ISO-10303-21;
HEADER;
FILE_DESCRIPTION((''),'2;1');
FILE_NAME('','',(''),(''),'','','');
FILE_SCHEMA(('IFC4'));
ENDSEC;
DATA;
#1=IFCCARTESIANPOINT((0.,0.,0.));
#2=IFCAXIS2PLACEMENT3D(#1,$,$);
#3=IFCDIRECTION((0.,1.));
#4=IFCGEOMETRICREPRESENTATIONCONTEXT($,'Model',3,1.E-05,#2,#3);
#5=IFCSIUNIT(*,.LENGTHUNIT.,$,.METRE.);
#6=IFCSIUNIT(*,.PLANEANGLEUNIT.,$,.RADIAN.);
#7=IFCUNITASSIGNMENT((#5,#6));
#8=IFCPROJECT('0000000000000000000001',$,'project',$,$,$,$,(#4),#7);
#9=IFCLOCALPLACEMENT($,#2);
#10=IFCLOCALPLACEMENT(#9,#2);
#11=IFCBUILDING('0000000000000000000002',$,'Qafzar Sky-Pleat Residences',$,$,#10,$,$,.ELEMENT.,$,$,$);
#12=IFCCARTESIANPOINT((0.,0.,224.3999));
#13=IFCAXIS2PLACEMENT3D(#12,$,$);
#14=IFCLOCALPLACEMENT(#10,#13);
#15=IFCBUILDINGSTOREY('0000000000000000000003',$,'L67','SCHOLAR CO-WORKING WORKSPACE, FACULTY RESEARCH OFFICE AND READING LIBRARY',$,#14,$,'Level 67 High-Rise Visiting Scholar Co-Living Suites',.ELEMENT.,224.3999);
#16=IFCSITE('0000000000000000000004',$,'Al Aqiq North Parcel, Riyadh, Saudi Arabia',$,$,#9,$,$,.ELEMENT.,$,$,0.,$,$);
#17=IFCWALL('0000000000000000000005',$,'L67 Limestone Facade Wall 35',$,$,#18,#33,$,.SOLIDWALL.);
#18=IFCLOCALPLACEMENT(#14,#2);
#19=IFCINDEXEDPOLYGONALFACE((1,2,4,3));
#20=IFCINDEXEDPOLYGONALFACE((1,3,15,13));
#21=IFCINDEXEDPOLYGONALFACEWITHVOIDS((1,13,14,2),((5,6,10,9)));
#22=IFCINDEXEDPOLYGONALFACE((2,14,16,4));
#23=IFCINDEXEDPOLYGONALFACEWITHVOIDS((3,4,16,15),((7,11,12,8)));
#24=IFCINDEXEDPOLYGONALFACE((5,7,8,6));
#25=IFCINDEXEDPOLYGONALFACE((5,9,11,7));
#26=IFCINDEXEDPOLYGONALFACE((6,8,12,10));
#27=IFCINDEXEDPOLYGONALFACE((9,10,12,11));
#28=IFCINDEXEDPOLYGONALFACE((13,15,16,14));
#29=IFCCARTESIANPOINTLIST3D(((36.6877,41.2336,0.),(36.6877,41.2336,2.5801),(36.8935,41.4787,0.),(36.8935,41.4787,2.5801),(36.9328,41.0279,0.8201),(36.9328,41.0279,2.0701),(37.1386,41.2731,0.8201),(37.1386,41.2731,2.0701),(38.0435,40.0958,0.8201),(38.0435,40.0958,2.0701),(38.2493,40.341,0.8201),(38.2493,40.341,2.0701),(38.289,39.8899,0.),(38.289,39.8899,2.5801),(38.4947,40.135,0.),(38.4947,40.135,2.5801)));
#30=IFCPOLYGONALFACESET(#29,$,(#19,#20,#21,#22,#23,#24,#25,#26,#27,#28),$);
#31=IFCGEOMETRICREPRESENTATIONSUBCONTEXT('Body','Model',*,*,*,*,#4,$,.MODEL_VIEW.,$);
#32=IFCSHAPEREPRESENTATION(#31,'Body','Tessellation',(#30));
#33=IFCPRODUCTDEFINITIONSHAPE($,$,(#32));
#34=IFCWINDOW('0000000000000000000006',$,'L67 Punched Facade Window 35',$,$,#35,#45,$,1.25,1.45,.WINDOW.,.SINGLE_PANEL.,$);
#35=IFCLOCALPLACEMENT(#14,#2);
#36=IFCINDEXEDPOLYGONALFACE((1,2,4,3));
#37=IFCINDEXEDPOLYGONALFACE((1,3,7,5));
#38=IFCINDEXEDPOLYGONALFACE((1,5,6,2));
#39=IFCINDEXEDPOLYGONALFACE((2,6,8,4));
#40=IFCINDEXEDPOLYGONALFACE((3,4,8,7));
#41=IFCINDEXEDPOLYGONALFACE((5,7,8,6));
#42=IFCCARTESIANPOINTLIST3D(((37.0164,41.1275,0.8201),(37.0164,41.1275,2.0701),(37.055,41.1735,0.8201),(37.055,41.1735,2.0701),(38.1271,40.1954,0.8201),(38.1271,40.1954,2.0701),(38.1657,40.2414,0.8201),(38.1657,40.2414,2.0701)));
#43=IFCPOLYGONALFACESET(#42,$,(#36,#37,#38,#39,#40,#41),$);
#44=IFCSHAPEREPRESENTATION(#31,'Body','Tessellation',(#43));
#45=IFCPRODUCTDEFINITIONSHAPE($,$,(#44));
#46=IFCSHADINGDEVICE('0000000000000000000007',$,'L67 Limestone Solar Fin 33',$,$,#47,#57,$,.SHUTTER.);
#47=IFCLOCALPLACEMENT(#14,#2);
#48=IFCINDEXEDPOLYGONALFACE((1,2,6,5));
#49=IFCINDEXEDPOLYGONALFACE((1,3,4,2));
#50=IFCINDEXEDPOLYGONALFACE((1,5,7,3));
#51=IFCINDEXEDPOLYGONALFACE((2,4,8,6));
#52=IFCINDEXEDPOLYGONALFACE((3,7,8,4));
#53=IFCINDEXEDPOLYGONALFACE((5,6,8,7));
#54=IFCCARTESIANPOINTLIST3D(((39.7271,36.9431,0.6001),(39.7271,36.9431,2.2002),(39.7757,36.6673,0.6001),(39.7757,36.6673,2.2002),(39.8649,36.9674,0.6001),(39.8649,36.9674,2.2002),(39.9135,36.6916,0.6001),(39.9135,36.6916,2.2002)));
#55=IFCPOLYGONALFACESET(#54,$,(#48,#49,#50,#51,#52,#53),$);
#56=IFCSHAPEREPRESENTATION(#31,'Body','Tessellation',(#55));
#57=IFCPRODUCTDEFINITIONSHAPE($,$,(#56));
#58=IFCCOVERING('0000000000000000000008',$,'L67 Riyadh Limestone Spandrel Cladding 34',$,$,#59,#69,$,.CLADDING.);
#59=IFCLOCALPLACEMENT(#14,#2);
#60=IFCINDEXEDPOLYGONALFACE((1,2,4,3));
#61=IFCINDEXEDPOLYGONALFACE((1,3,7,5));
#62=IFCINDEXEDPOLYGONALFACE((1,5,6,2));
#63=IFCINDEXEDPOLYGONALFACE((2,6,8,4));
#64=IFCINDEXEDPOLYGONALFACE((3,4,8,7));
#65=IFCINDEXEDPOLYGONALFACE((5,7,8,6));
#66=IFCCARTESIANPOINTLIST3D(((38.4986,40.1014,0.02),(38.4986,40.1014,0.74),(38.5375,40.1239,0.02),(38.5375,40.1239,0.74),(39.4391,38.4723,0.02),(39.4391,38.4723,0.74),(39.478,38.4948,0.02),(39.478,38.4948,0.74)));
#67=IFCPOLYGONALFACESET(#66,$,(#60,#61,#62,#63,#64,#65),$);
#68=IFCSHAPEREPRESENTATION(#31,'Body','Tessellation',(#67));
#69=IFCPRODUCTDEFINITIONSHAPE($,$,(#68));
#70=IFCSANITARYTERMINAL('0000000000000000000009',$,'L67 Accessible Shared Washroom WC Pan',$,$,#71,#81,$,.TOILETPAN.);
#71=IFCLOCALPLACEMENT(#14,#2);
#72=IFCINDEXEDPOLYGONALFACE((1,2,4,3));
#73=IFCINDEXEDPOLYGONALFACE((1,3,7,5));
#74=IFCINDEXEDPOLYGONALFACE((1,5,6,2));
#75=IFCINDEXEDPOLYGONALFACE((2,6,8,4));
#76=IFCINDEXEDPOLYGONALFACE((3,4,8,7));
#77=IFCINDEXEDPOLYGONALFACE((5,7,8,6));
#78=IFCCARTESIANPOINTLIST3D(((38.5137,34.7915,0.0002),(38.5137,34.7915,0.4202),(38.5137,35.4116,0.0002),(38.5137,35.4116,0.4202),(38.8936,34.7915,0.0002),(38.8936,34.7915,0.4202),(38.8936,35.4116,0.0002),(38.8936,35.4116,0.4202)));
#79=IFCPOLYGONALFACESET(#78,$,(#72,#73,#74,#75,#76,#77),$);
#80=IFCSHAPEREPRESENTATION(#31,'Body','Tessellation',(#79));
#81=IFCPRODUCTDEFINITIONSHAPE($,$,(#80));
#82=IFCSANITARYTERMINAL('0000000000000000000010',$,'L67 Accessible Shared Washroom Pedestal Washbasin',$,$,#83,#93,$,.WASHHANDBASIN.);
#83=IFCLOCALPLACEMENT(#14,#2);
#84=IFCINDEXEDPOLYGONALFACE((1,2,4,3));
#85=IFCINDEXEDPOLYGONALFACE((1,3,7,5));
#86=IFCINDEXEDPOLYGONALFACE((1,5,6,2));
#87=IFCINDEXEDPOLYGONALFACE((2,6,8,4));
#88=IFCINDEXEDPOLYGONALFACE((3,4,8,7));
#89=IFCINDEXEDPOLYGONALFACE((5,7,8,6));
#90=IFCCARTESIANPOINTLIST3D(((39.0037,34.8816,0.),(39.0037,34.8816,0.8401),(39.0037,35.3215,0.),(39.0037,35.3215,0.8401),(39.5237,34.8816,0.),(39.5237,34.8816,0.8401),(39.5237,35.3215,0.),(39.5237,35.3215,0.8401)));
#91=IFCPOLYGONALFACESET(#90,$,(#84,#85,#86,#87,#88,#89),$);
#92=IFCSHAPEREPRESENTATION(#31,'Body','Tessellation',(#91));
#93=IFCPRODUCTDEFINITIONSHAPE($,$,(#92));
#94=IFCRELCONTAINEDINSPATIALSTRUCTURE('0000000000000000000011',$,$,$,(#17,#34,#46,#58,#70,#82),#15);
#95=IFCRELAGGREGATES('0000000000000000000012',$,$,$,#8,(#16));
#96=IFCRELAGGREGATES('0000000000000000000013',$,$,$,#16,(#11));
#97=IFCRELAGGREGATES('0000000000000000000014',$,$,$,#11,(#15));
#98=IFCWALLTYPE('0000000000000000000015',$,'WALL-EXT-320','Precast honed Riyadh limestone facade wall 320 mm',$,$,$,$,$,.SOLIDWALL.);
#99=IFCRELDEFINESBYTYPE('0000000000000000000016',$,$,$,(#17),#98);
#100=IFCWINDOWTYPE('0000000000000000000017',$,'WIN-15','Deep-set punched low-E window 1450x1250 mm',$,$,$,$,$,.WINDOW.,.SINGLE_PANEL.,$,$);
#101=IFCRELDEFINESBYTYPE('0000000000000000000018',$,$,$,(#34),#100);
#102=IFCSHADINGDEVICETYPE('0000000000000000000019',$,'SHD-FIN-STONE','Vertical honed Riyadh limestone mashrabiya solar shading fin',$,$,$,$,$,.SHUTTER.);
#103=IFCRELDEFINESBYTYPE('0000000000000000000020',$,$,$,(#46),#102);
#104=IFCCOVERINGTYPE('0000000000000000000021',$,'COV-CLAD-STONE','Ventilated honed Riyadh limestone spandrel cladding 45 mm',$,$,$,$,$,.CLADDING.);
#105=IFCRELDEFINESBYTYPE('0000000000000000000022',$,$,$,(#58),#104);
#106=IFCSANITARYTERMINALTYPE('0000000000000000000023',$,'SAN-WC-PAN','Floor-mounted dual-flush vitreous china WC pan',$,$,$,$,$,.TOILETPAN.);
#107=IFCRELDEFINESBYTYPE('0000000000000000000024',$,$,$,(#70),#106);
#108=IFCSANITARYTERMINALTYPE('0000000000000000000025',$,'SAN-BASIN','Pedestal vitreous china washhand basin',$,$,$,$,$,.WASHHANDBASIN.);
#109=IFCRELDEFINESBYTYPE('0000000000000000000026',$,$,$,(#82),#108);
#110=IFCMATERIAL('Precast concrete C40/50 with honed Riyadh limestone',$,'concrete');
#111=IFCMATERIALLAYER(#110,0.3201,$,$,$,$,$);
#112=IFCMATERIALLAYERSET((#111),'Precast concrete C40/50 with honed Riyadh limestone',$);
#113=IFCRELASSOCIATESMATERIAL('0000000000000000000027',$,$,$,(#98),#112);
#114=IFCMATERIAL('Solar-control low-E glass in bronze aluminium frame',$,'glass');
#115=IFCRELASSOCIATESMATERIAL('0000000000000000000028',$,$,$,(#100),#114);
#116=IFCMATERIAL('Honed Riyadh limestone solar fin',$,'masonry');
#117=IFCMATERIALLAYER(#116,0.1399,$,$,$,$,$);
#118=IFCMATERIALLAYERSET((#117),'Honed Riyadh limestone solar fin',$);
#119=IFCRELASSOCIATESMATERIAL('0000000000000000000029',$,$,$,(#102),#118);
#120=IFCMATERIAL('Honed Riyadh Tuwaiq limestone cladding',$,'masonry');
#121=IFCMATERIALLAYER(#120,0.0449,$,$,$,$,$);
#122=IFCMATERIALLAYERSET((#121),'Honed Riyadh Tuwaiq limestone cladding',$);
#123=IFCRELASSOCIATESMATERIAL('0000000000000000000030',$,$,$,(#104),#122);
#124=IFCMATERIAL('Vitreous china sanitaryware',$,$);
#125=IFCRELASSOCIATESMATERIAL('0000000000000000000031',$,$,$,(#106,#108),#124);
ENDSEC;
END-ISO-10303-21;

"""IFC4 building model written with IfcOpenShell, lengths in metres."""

from ifc_helpers import new_model, si_unit, direction, frame, frame_2d, origin, origin_2d, place, context, subcontext, project, spatial, rectangle, extrude, source, transform, mapped, material, layer, layer_set, type_object, element, fill, save


model = new_model("IFC4")

# Units and contexts
model_context = context("Model", 3, precision=1e-05, world=origin(), true_north=direction((0.0, 1.0)))
body_context = subcontext(model_context, "Body", "Model", "MODEL_VIEW")
ifc_project = project(units=[si_unit("LENGTHUNIT", "METRE"), si_unit("PLANEANGLEUNIT", "RADIAN")], contexts=[model_context])

# Site, building, storey
site_placement = place(None, origin())
site = spatial("IfcSite", under=ifc_project, at=site_placement, Name="Al Aqiq North Parcel, Riyadh, Saudi Arabia", CompositionType="ELEMENT", RefElevation=0.0)
building_placement = place(site_placement, origin())
building = spatial("IfcBuilding", under=site, at=building_placement, Name="Qafzar Sky-Pleat Residences", CompositionType="ELEMENT")
storey_placement = place(building_placement, frame((0.0, 0.0, 224.3999)))
storey = spatial("IfcBuildingStorey", under=building, at=storey_placement, Name="L67", Description="SCHOLAR CO-WORKING WORKSPACE, FACULTY RESEARCH OFFICE AND READING LIBRARY", LongName="Level 67 High-Rise Visiting Scholar Co-Living Suites", CompositionType="ELEMENT", Elevation=224.3999)

# Shared definitions
ifc_material_1 = material(Name="Precast concrete C40/50 with honed Riyadh limestone", Category="concrete")
ifc_layer_1 = layer(ifc_material_1, 0.3201)
ifc_layer_set_1 = layer_set([ifc_layer_1], Name="Precast concrete C40/50 with honed Riyadh limestone")
wall_type_1 = type_object("IfcWallType", Name="WALL-EXT-320", Description="Precast honed Riyadh limestone facade wall 320 mm", PredefinedType="SOLIDWALL", material=ifc_layer_set_1)
ifc_material_2 = material(Name="Solar-control low-E glass in bronze aluminium frame", Category="glass")
window_type_1 = type_object("IfcWindowType", Name="WIN-15", Description="Deep-set punched low-E window 1450x1250 mm", PartitioningType="SINGLE_PANEL", PredefinedType="WINDOW", material=ifc_material_2)
shared_shape_1 = source(origin(), body_context, "Body", "SweptSolid", [
    extrude(rectangle(XDim=1.45, YDim=1.25, at=frame_2d((0.7251, 0.625))), frame((0.0, 0.03, 0.0), z_axis=(0.0, -1.0, 0.0), x_axis=(1.0, 0.0, 0.0)), (0.0, 0.0, 1.0), 0.0601),
])

# Wall, opening, window
wall_1_placement = place(storey_placement, frame((38.3918, 40.0125, 0.0), z_axis=(0.0, 0.0, 1.0), x_axis=(-0.766025, 0.642811, 0.0)))
wall_1 = element("IfcWall", 1, at=wall_1_placement, inside=storey, type_object=wall_type_1, Name="L67 Limestone Facade Wall 35", PredefinedType="SOLIDWALL", context=body_context, shape_type="SweptSolid", body=[
    extrude(rectangle(XDim=2.0903, YDim=0.3201, at=frame_2d((1.0452, 0.0))), origin(), (0.0, 0.0, 1.0), 2.5801),
])
opening_1_placement = place(wall_1_placement, frame((0.3203, 0.0, 0.8201)))
opening_1 = element("IfcOpeningElement", 2, at=opening_1_placement, cuts=wall_1, PredefinedType="OPENING", context=body_context, shape_type="SweptSolid", body=[
    extrude(rectangle(XDim=1.45, YDim=1.25, at=frame_2d((0.7251, 0.625))), frame((0.0, 0.1699, 0.0), z_axis=(0.0, -1.0, 0.0), x_axis=(1.0, 0.0, 0.0)), (0.0, 0.0, 1.0), 0.3401),
])
window_1_placement = place(opening_1_placement, origin())
window_1 = element("IfcWindow", 3, at=window_1_placement, inside=storey, type_object=window_type_1, Name="L67 Punched Facade Window 35", OverallHeight=1.25, OverallWidth=1.45, PartitioningType="SINGLE_PANEL", PredefinedType="WINDOW", context=body_context, shape_type="MappedRepresentation", body=[
    mapped(shared_shape_1, transform((0.0, 0.0, 0.0), x_axis=(1.0, 0.0, 0.0), y_axis=(0.0, 1.0, 0.0), z_axis=(0.0, 0.0, 1.0), scale=1.0)),
])
fill(opening_1, window_1)

# Shading device
ifc_material_3 = material(Name="Honed Riyadh limestone solar fin", Category="masonry")
ifc_layer_2 = layer(ifc_material_3, 0.1399)
ifc_layer_set_2 = layer_set([ifc_layer_2], Name="Honed Riyadh limestone solar fin")
shading_device_type = type_object("IfcShadingDeviceType", Name="SHD-FIN-STONE", Description="Vertical honed Riyadh limestone mashrabiya solar shading fin", PredefinedType="SHUTTER", material=ifc_layer_set_2)
shared_shape_2 = source(origin(), body_context, "Body", "SweptSolid", [
    extrude(rectangle(XDim=0.1399, YDim=0.28, at=origin_2d()), origin(), (0.0, 0.0, 1.0), 1.6001),
])
shading_device_placement = place(storey_placement, frame((39.8203, 36.8174, 0.6001), z_axis=(0.0, 0.0, 1.0), x_axis=(0.984806, 0.173658, 0.0)))
element("IfcShadingDevice", 4, at=shading_device_placement, inside=storey, type_object=shading_device_type, Name="L67 Limestone Solar Fin 33", PredefinedType="SHUTTER", context=body_context, shape_type="MappedRepresentation", body=[
    mapped(shared_shape_2, transform((0.0, 0.0, 0.0), x_axis=(1.0, 0.0, 0.0), y_axis=(0.0, 1.0, 0.0), z_axis=(0.0, 0.0, 1.0), scale=1.0)),
])

# Covering
ifc_material_4 = material(Name="Honed Riyadh Tuwaiq limestone cladding", Category="masonry")
ifc_layer_3 = layer(ifc_material_4, 0.0449)
ifc_layer_set_3 = layer_set([ifc_layer_3], Name="Honed Riyadh Tuwaiq limestone cladding")
covering_type = type_object("IfcCoveringType", Name="COV-CLAD-STONE", Description="Ventilated honed Riyadh limestone spandrel cladding 45 mm", PredefinedType="CLADDING", material=ifc_layer_set_3)
shared_shape_3 = source(origin(), body_context, "Body", "SweptSolid", [
    extrude(rectangle(XDim=1.8811, YDim=0.0449, at=origin_2d()), origin(), (0.0, 0.0, 1.0), 0.72),
])
covering_placement = place(storey_placement, frame((38.9883, 39.2981, 0.02), z_axis=(0.0, 0.0, 1.0), x_axis=(-0.499993, 0.866029, 0.0)))
element("IfcCovering", 5, at=covering_placement, inside=storey, type_object=covering_type, Name="L67 Riyadh Limestone Spandrel Cladding 34", PredefinedType="CLADDING", context=body_context, shape_type="MappedRepresentation", body=[
    mapped(shared_shape_3, transform((0.0, 0.0, 0.0), x_axis=(1.0, 0.0, 0.0), y_axis=(0.0, 1.0, 0.0), z_axis=(0.0, 0.0, 1.0), scale=1.0)),
])

# Sanitary terminals
ifc_material_5 = material(Name="Vitreous china sanitaryware")
sanitary_terminal_type_1 = type_object("IfcSanitaryTerminalType", Name="SAN-WC-PAN", Description="Floor-mounted dual-flush vitreous china WC pan", PredefinedType="TOILETPAN", material=ifc_material_5)
shared_shape_4 = source(origin(), body_context, "Body", "SweptSolid", [
    extrude(rectangle(XDim=0.3799, YDim=0.6201, at=origin_2d()), origin(), (0.0, 0.0, 1.0), 0.4199),
])
sanitary_terminal_1_placement = place(storey_placement, frame((38.7036, 35.1016, 0.0002), z_axis=(0.0, 0.0, 1.0), x_axis=(1.0, 0.0, 0.0)))
element("IfcSanitaryTerminal", 6, at=sanitary_terminal_1_placement, inside=storey, type_object=sanitary_terminal_type_1, Name="L67 Accessible Shared Washroom WC Pan", PredefinedType="TOILETPAN", context=body_context, shape_type="MappedRepresentation", body=[
    mapped(shared_shape_4, transform((0.0, 0.0, 0.0), x_axis=(1.0, 0.0, 0.0), y_axis=(0.0, 1.0, 0.0), z_axis=(0.0, 0.0, 1.0), scale=1.0)),
])
sanitary_terminal_type_2 = type_object("IfcSanitaryTerminalType", Name="SAN-BASIN", Description="Pedestal vitreous china washhand basin", PredefinedType="WASHHANDBASIN", material=ifc_material_5)
shared_shape_5 = source(origin(), body_context, "Body", "SweptSolid", [
    extrude(rectangle(XDim=0.52, YDim=0.4399, at=origin_2d()), origin(), (0.0, 0.0, 1.0), 0.8401),
])
sanitary_terminal_2_placement = place(storey_placement, frame((39.2637, 35.1016, 0.0), z_axis=(0.0, 0.0, 1.0), x_axis=(1.0, 0.0, 0.0)))
element("IfcSanitaryTerminal", 7, at=sanitary_terminal_2_placement, inside=storey, type_object=sanitary_terminal_type_2, Name="L67 Accessible Shared Washroom Pedestal Washbasin", PredefinedType="WASHHANDBASIN", context=body_context, shape_type="MappedRepresentation", body=[
    mapped(shared_shape_5, transform((0.0, 0.0, 0.0), x_axis=(1.0, 0.0, 0.0), y_axis=(0.0, 1.0, 0.0), z_axis=(0.0, 0.0, 1.0), scale=1.0)),
])

save(model, "model.ifc")
